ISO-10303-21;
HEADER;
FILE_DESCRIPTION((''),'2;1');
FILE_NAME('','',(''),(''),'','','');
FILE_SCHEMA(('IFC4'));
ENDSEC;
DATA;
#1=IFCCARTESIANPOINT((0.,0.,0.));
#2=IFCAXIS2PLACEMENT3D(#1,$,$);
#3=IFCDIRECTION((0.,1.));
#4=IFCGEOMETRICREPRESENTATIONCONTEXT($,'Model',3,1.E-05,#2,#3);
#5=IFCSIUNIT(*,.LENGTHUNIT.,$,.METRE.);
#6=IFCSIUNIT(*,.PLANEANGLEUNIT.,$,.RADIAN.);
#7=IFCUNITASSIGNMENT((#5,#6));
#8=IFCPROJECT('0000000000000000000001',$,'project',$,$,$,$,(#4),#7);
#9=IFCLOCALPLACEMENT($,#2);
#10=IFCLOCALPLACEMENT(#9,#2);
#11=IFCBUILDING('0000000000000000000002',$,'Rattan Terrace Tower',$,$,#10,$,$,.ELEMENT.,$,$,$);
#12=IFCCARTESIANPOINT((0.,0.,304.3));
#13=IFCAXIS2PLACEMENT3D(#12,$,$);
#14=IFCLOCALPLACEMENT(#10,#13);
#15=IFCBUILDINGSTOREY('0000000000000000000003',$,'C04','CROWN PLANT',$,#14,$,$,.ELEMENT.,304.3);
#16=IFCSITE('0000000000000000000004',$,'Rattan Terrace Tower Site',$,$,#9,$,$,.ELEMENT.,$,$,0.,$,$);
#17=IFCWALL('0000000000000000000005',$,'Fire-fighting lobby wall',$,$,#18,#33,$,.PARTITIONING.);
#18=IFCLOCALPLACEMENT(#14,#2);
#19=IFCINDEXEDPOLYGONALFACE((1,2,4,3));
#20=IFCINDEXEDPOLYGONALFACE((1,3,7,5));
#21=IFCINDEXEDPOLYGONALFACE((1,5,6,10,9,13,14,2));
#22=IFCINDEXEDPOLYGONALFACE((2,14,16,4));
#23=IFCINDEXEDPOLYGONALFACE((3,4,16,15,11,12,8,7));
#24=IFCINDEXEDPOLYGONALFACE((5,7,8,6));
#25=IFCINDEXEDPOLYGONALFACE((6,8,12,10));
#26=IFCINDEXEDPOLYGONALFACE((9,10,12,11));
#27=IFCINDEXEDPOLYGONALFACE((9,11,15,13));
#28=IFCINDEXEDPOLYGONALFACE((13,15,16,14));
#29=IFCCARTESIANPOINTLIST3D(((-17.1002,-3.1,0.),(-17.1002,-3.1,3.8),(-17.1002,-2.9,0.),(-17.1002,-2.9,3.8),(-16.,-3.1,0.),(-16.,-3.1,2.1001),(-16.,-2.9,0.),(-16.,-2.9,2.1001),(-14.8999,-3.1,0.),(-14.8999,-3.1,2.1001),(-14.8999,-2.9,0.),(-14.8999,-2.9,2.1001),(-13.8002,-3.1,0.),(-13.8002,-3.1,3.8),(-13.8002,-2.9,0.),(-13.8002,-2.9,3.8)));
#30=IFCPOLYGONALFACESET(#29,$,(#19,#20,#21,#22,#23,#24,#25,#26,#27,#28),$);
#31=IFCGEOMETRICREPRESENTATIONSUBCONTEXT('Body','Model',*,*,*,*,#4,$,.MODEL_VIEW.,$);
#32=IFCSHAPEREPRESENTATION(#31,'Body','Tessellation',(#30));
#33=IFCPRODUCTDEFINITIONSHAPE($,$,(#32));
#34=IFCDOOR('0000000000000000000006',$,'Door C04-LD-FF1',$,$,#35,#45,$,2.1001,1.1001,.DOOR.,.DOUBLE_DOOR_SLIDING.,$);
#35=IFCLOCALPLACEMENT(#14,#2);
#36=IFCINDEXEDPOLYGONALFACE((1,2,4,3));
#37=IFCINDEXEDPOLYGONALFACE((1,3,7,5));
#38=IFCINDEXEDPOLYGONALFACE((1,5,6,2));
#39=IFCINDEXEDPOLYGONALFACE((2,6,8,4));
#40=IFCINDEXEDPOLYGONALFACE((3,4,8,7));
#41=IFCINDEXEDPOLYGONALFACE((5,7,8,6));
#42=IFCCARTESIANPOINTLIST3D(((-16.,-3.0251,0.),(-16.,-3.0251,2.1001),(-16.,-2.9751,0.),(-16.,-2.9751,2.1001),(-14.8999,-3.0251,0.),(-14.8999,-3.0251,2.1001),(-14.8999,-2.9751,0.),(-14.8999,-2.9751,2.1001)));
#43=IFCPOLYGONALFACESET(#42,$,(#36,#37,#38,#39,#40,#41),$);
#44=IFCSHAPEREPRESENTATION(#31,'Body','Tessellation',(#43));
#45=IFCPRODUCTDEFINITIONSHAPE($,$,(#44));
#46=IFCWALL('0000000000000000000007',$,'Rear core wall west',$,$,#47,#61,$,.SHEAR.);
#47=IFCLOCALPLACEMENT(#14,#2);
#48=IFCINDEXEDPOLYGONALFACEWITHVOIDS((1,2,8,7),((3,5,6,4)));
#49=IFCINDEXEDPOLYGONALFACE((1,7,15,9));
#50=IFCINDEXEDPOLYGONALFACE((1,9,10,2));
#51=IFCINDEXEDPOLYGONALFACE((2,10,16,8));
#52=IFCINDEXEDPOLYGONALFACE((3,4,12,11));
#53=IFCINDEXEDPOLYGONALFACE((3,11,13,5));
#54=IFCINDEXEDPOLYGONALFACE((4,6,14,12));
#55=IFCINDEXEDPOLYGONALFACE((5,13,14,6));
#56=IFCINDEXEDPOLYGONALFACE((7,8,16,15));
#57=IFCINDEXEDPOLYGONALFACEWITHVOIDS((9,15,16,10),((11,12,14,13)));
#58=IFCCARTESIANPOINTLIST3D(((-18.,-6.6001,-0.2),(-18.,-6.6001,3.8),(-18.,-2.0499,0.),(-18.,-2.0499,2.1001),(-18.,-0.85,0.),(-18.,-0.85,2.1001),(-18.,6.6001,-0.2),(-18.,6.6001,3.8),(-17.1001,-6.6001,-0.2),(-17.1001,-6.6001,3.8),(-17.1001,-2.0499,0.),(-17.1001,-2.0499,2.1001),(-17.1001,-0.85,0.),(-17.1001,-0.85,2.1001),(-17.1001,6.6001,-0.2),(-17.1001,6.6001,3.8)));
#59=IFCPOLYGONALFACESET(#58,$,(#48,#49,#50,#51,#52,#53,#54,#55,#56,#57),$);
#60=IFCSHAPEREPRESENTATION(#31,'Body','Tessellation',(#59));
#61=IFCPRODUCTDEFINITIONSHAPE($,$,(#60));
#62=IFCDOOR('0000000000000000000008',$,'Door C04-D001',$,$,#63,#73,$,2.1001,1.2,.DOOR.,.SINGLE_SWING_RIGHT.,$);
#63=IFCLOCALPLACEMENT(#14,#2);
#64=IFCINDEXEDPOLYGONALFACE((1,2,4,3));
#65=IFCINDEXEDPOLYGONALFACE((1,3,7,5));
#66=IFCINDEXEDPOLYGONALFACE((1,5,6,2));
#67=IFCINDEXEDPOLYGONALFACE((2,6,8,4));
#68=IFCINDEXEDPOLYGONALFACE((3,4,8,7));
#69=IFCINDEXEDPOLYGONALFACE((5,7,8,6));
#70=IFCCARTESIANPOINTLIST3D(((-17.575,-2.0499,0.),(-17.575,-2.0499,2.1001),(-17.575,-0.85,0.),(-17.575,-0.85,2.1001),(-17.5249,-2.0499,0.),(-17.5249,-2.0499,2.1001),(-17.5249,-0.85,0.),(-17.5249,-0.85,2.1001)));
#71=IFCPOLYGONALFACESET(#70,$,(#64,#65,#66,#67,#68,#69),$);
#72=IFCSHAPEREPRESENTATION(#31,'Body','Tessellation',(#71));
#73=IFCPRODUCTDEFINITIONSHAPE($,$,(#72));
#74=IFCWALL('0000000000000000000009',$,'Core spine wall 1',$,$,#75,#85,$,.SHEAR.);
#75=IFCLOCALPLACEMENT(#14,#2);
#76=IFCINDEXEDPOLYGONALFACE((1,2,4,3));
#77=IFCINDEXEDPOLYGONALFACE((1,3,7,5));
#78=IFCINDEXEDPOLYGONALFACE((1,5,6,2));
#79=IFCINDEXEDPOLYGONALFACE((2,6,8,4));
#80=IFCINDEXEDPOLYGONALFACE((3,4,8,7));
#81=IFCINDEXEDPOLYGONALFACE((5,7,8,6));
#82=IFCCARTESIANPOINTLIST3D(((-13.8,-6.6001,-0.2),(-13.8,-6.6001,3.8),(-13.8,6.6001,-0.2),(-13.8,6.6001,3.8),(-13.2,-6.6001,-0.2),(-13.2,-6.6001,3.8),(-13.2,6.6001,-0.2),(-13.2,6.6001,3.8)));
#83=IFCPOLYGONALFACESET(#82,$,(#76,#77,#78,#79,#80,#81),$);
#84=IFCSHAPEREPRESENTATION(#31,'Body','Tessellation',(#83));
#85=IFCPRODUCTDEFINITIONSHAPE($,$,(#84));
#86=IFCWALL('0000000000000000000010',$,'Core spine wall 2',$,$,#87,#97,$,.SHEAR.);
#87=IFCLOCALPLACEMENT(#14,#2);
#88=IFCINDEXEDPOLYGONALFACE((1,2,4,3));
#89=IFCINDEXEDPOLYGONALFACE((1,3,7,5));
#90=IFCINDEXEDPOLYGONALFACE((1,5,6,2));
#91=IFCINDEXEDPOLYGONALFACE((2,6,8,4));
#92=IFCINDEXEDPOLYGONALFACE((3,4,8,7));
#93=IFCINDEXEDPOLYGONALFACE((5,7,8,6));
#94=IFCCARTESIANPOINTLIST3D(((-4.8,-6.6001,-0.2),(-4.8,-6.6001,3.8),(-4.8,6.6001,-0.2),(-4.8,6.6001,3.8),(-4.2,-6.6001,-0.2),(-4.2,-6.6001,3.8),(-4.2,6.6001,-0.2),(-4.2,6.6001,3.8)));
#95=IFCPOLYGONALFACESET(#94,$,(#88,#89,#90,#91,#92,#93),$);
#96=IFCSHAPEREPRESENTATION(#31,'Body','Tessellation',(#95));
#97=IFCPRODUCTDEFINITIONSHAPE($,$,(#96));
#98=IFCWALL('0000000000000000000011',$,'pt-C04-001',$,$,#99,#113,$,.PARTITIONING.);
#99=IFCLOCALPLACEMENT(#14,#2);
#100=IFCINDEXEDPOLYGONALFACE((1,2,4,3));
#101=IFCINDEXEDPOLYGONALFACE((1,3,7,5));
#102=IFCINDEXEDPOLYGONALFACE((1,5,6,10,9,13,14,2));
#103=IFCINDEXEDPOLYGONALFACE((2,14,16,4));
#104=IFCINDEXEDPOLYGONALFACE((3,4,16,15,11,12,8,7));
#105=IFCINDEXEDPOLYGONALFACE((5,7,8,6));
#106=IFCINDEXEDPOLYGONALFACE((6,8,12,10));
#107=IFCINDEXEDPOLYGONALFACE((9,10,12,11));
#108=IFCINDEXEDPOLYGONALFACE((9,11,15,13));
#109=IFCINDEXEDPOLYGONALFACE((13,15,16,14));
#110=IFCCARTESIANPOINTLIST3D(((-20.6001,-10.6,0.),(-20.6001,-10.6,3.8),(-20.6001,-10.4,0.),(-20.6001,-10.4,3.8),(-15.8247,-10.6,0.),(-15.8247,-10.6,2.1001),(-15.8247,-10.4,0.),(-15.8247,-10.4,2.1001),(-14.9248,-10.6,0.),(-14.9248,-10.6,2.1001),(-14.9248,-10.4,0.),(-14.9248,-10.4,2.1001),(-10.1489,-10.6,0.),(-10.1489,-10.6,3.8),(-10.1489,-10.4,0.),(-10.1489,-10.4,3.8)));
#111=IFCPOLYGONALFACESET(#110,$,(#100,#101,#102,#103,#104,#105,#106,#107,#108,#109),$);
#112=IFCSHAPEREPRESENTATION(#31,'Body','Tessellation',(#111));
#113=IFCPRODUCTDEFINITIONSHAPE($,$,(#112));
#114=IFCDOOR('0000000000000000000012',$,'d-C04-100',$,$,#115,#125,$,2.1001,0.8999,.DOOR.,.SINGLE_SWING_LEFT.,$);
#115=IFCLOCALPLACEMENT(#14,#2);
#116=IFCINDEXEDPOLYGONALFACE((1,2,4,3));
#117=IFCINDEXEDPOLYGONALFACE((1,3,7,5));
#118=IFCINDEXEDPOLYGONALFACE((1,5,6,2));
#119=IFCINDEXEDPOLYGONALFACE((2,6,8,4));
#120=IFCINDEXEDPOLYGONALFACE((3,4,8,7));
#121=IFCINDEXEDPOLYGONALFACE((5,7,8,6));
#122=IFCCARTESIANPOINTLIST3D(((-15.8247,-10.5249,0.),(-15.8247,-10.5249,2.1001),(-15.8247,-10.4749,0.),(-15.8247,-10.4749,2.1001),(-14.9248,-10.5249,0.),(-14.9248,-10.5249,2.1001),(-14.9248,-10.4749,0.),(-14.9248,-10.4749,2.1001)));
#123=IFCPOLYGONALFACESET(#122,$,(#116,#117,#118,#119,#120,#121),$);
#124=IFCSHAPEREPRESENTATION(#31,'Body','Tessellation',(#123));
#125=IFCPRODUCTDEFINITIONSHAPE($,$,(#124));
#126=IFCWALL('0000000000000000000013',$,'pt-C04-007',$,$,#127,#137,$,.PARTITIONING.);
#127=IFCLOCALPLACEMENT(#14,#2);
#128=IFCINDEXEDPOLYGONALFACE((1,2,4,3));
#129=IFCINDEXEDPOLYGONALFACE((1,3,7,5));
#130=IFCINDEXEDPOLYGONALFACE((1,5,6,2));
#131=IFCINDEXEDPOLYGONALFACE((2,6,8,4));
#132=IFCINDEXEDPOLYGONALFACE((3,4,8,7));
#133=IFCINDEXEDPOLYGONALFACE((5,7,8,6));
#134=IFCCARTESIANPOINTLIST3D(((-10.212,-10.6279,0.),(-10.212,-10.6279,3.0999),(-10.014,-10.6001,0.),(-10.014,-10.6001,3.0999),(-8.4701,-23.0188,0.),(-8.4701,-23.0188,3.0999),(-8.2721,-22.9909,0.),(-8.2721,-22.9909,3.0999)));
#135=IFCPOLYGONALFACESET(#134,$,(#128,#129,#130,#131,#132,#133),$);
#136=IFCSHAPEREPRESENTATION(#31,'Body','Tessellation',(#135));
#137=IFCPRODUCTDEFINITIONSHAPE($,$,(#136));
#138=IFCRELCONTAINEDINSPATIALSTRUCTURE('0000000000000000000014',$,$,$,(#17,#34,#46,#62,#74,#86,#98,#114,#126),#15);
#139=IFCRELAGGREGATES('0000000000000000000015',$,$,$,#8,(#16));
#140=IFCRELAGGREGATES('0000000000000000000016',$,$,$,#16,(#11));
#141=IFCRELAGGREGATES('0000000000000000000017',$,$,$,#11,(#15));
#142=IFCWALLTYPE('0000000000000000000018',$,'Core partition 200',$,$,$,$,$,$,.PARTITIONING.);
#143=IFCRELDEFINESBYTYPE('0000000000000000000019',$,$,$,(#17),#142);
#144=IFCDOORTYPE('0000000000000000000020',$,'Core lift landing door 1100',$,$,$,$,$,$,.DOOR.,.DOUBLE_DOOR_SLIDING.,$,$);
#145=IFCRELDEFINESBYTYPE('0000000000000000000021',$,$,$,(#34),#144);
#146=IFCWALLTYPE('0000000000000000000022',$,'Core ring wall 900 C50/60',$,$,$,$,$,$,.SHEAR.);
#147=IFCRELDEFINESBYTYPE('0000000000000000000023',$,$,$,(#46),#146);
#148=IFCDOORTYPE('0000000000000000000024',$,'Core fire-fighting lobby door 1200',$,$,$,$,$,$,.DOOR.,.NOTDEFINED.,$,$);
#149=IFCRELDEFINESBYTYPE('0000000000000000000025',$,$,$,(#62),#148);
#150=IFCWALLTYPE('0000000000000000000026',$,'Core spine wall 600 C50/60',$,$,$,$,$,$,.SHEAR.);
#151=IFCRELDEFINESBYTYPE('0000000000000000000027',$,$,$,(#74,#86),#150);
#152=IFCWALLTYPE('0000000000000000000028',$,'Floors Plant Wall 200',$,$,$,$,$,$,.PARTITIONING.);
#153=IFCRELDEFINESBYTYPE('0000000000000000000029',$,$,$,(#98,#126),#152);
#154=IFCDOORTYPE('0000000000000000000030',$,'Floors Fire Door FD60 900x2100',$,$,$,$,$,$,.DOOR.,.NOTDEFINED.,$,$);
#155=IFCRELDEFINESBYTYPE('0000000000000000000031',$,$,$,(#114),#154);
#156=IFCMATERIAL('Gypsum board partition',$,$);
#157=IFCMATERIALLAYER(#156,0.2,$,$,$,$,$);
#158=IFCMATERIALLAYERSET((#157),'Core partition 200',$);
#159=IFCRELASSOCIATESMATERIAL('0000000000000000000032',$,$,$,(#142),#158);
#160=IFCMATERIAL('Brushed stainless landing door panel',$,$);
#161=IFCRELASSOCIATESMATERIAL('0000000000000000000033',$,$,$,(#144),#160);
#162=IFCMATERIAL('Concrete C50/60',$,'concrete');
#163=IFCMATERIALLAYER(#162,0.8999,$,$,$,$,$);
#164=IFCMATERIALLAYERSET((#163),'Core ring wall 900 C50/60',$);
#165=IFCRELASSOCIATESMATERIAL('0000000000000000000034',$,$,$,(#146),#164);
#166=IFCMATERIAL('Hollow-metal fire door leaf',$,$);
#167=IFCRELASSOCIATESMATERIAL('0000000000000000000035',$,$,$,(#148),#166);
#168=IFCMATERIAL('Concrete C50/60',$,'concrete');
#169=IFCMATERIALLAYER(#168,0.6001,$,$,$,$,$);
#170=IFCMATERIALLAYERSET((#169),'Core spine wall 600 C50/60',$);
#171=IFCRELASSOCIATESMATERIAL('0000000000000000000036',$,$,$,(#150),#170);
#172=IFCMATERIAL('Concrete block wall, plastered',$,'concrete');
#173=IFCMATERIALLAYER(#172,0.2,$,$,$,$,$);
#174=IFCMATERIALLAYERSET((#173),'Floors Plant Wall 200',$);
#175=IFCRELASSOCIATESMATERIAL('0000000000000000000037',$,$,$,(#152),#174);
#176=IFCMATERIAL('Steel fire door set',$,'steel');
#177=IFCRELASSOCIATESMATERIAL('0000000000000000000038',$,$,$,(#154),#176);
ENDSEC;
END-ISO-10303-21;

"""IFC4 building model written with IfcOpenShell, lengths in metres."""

from ifc_helpers import new_model, si_unit, direction, frame, frame_2d, origin, place, context, subcontext, project, spatial, rectangle, extrude, material, layer, layer_set, type_object, element, fill, save


model = new_model("IFC4")

# Units and contexts
model_context = context("Model", 3, precision=1e-05, world=origin(), true_north=direction((0.0, 1.0)))
body_context = subcontext(model_context, "Body", "Model", "MODEL_VIEW")
ifc_project = project(units=[si_unit("LENGTHUNIT", "METRE"), si_unit("PLANEANGLEUNIT", "RADIAN")], contexts=[model_context])

# Site, building, storey
site_placement = place(None, origin())
site = spatial("IfcSite", under=ifc_project, at=site_placement, Name="Rattan Terrace Tower Site", CompositionType="ELEMENT", RefElevation=0.0)
building_placement = place(site_placement, origin())
building = spatial("IfcBuilding", under=site, at=building_placement, Name="Rattan Terrace Tower", CompositionType="ELEMENT")
storey_placement = place(building_placement, frame((0.0, 0.0, 304.3)))
storey = spatial("IfcBuildingStorey", under=building, at=storey_placement, Name="C04", Description="CROWN PLANT", CompositionType="ELEMENT", Elevation=304.3)

# Walls, openings, doors
ifc_material_1 = material(Name="Gypsum board partition")
ifc_layer_1 = layer(ifc_material_1, 0.2)
ifc_layer_set_1 = layer_set([ifc_layer_1], Name="Core partition 200")
wall_type_1 = type_object("IfcWallType", Name="Core partition 200", PredefinedType="PARTITIONING", material=ifc_layer_set_1)
wall_1_placement = place(storey_placement, frame((-17.1001, -3.0, 0.0), z_axis=(0.0, 0.0, 1.0), x_axis=(1.0, 0.0, 0.0)))
wall_1 = element("IfcWall", 1, at=wall_1_placement, inside=storey, type_object=wall_type_1, Name="Fire-fighting lobby wall", PredefinedType="PARTITIONING", context=body_context, shape_type="SweptSolid", body=[
    extrude(rectangle(XDim=3.3, YDim=0.2, at=frame_2d((1.6499, 0.0))), origin(), (0.0, 0.0, 1.0), 3.8),
])
opening_1_placement = place(wall_1_placement, frame((1.1001, 0.0, 0.0)))
opening_1 = element("IfcOpeningElement", 2, at=opening_1_placement, cuts=wall_1, PredefinedType="OPENING", context=body_context, shape_type="SweptSolid", body=[
    extrude(rectangle(XDim=1.1001, YDim=2.1001, at=frame_2d((0.55, 1.05))), frame((0.0, 0.1106, 0.0), z_axis=(0.0, -1.0, 0.0), x_axis=(1.0, 0.0, 0.0)), (0.0, 0.0, 1.0), 0.2209),
])
ifc_material_2 = material(Name="Brushed stainless landing door panel")
door_type_1 = type_object("IfcDoorType", Name="Core lift landing door 1100", OperationType="DOUBLE_DOOR_SLIDING", PredefinedType="DOOR", material=ifc_material_2)
door_1_placement = place(opening_1_placement, origin())
door_1 = element("IfcDoor", 3, at=door_1_placement, inside=storey, type_object=door_type_1, Name="Door C04-LD-FF1", OperationType="DOUBLE_DOOR_SLIDING", OverallHeight=2.1001, OverallWidth=1.1001, PredefinedType="DOOR", context=body_context, shape_type="SweptSolid", body=[
    extrude(rectangle(XDim=1.1001, YDim=2.1001, at=frame_2d((0.55, 1.05))), frame((0.0, 0.0249, 0.0), z_axis=(0.0, -1.0, 0.0), x_axis=(1.0, 0.0, 0.0)), (0.0, 0.0, 1.0), 0.05),
])
fill(opening_1, door_1)
ifc_material_3 = material(Name="Concrete C50/60", Category="concrete")
ifc_layer_2 = layer(ifc_material_3, 0.8999)
ifc_layer_set_2 = layer_set([ifc_layer_2], Name="Core ring wall 900 C50/60")
wall_type_2 = type_object("IfcWallType", Name="Core ring wall 900 C50/60", PredefinedType="SHEAR", material=ifc_layer_set_2)
wall_2_placement = place(storey_placement, frame((-17.55, -6.6001, -0.2), z_axis=(0.0, 0.0, 1.0), x_axis=(0.0, 1.0, 0.0)))
wall_2 = element("IfcWall", 4, at=wall_2_placement, inside=storey, type_object=wall_type_2, Name="Rear core wall west", PredefinedType="SHEAR", context=body_context, shape_type="SweptSolid", body=[
    extrude(rectangle(XDim=13.2002, YDim=0.8999, at=frame_2d((6.6001, 0.0))), origin(), (0.0, 0.0, 1.0), 4.0),
])
opening_2_placement = place(wall_2_placement, frame((4.55, 0.0, 0.2)))
opening_2 = element("IfcOpeningElement", 5, at=opening_2_placement, cuts=wall_2, PredefinedType="OPENING", context=body_context, shape_type="SweptSolid", body=[
    extrude(rectangle(XDim=1.2, YDim=2.1001, at=frame_2d((0.6001, 1.05))), frame((0.0, 0.4604, 0.0), z_axis=(0.0, -1.0, 0.0), x_axis=(1.0, 0.0, 0.0)), (0.0, 0.0, 1.0), 0.9209),
])
ifc_material_4 = material(Name="Hollow-metal fire door leaf")
door_type_2 = type_object("IfcDoorType", Name="Core fire-fighting lobby door 1200", OperationType="NOTDEFINED", PredefinedType="DOOR", material=ifc_material_4)
door_2_placement = place(opening_2_placement, origin())
door_2 = element("IfcDoor", 6, at=door_2_placement, inside=storey, type_object=door_type_2, Name="Door C04-D001", OperationType="SINGLE_SWING_RIGHT", OverallHeight=2.1001, OverallWidth=1.2, PredefinedType="DOOR", context=body_context, shape_type="SweptSolid", body=[
    extrude(rectangle(XDim=1.2, YDim=2.1001, at=frame_2d((0.6001, 1.05))), frame((0.0, 0.0249, 0.0), z_axis=(0.0, -1.0, 0.0), x_axis=(1.0, 0.0, 0.0)), (0.0, 0.0, 1.0), 0.05),
])
fill(opening_2, door_2)

# Walls
ifc_material_5 = material(Name="Concrete C50/60", Category="concrete")
ifc_layer_3 = layer(ifc_material_5, 0.6001)
ifc_layer_set_3 = layer_set([ifc_layer_3], Name="Core spine wall 600 C50/60")
wall_type_3 = type_object("IfcWallType", Name="Core spine wall 600 C50/60", PredefinedType="SHEAR", material=ifc_layer_set_3)
for number, where, z_axis, x_axis, name in (
    (7, (-13.5, -6.6001, -0.2), (0.0, 0.0, 1.0), (0.0, 1.0, 0.0), "Core spine wall 1"),
    (8, (-4.5, -6.6001, -0.2), (0.0, 0.0, 1.0), (0.0, 1.0, 0.0), "Core spine wall 2"),
):
    element("IfcWall", number, at=place(storey_placement, frame(where, z_axis=z_axis, x_axis=x_axis)), inside=storey, type_object=wall_type_3, Name=name, PredefinedType="SHEAR", context=body_context, shape_type="SweptSolid", body=[
        extrude(rectangle(XDim=13.2002, YDim=0.6001, at=frame_2d((6.6001, 0.0))), origin(), (0.0, 0.0, 1.0), 4.0),
    ])

# Wall, opening, door
ifc_material_6 = material(Name="Concrete block wall, plastered", Category="concrete")
ifc_layer_4 = layer(ifc_material_6, 0.2)
ifc_layer_set_4 = layer_set([ifc_layer_4], Name="Floors Plant Wall 200")
wall_type_4 = type_object("IfcWallType", Name="Floors Plant Wall 200", PredefinedType="PARTITIONING", material=ifc_layer_set_4)
wall_3_placement = place(storey_placement, frame((-10.1489, -10.5, 0.0), z_axis=(0.0, 0.0, 1.0), x_axis=(-1.0, 0.0, 0.0)))
wall_3 = element("IfcWall", 9, at=wall_3_placement, inside=storey, type_object=wall_type_4, Name="pt-C04-001", PredefinedType="PARTITIONING", context=body_context, shape_type="SweptSolid", body=[
    extrude(rectangle(XDim=10.4512, YDim=0.2, at=frame_2d((5.2256, 0.0))), origin(), (0.0, 0.0, 1.0), 3.8),
])
opening_3_placement = place(wall_3_placement, frame((4.7759, 0.0, 0.0)))
opening_3 = element("IfcOpeningElement", 10, at=opening_3_placement, cuts=wall_3, PredefinedType="OPENING", context=body_context, shape_type="SweptSolid", body=[
    extrude(rectangle(XDim=0.8999, YDim=2.1001, at=frame_2d((0.45, 1.05))), frame((0.0, 0.1106, 0.0), z_axis=(0.0, -1.0, 0.0), x_axis=(1.0, 0.0, 0.0)), (0.0, 0.0, 1.0), 0.2209),
])
ifc_material_7 = material(Name="Steel fire door set", Category="steel")
door_type_3 = type_object("IfcDoorType", Name="Floors Fire Door FD60 900x2100", OperationType="NOTDEFINED", PredefinedType="DOOR", material=ifc_material_7)
door_3_placement = place(opening_3_placement, origin())
door_3 = element("IfcDoor", 11, at=door_3_placement, inside=storey, type_object=door_type_3, Name="d-C04-100", OperationType="SINGLE_SWING_LEFT", OverallHeight=2.1001, OverallWidth=0.8999, PredefinedType="DOOR", context=body_context, shape_type="SweptSolid", body=[
    extrude(rectangle(XDim=0.8999, YDim=2.1001, at=frame_2d((0.45, 1.05))), frame((0.0, 0.0249, 0.0), z_axis=(0.0, -1.0, 0.0), x_axis=(1.0, 0.0, 0.0)), (0.0, 0.0, 1.0), 0.05),
])
fill(opening_3, door_3)

# Wall
wall_4_placement = place(storey_placement, frame((-10.113, -10.614, 0.0), z_axis=(0.0, 0.0, 1.0), x_axis=(0.139214, -0.990262, 0.0)))
element("IfcWall", 12, at=wall_4_placement, inside=storey, type_object=wall_type_4, Name="pt-C04-007", PredefinedType="PARTITIONING", context=body_context, shape_type="SweptSolid", body=[
    extrude(rectangle(XDim=12.5127, YDim=0.2, at=frame_2d((6.2563, 0.0))), origin(), (0.0, 0.0, 1.0), 3.0999),
])

save(model, "model.ifc")
